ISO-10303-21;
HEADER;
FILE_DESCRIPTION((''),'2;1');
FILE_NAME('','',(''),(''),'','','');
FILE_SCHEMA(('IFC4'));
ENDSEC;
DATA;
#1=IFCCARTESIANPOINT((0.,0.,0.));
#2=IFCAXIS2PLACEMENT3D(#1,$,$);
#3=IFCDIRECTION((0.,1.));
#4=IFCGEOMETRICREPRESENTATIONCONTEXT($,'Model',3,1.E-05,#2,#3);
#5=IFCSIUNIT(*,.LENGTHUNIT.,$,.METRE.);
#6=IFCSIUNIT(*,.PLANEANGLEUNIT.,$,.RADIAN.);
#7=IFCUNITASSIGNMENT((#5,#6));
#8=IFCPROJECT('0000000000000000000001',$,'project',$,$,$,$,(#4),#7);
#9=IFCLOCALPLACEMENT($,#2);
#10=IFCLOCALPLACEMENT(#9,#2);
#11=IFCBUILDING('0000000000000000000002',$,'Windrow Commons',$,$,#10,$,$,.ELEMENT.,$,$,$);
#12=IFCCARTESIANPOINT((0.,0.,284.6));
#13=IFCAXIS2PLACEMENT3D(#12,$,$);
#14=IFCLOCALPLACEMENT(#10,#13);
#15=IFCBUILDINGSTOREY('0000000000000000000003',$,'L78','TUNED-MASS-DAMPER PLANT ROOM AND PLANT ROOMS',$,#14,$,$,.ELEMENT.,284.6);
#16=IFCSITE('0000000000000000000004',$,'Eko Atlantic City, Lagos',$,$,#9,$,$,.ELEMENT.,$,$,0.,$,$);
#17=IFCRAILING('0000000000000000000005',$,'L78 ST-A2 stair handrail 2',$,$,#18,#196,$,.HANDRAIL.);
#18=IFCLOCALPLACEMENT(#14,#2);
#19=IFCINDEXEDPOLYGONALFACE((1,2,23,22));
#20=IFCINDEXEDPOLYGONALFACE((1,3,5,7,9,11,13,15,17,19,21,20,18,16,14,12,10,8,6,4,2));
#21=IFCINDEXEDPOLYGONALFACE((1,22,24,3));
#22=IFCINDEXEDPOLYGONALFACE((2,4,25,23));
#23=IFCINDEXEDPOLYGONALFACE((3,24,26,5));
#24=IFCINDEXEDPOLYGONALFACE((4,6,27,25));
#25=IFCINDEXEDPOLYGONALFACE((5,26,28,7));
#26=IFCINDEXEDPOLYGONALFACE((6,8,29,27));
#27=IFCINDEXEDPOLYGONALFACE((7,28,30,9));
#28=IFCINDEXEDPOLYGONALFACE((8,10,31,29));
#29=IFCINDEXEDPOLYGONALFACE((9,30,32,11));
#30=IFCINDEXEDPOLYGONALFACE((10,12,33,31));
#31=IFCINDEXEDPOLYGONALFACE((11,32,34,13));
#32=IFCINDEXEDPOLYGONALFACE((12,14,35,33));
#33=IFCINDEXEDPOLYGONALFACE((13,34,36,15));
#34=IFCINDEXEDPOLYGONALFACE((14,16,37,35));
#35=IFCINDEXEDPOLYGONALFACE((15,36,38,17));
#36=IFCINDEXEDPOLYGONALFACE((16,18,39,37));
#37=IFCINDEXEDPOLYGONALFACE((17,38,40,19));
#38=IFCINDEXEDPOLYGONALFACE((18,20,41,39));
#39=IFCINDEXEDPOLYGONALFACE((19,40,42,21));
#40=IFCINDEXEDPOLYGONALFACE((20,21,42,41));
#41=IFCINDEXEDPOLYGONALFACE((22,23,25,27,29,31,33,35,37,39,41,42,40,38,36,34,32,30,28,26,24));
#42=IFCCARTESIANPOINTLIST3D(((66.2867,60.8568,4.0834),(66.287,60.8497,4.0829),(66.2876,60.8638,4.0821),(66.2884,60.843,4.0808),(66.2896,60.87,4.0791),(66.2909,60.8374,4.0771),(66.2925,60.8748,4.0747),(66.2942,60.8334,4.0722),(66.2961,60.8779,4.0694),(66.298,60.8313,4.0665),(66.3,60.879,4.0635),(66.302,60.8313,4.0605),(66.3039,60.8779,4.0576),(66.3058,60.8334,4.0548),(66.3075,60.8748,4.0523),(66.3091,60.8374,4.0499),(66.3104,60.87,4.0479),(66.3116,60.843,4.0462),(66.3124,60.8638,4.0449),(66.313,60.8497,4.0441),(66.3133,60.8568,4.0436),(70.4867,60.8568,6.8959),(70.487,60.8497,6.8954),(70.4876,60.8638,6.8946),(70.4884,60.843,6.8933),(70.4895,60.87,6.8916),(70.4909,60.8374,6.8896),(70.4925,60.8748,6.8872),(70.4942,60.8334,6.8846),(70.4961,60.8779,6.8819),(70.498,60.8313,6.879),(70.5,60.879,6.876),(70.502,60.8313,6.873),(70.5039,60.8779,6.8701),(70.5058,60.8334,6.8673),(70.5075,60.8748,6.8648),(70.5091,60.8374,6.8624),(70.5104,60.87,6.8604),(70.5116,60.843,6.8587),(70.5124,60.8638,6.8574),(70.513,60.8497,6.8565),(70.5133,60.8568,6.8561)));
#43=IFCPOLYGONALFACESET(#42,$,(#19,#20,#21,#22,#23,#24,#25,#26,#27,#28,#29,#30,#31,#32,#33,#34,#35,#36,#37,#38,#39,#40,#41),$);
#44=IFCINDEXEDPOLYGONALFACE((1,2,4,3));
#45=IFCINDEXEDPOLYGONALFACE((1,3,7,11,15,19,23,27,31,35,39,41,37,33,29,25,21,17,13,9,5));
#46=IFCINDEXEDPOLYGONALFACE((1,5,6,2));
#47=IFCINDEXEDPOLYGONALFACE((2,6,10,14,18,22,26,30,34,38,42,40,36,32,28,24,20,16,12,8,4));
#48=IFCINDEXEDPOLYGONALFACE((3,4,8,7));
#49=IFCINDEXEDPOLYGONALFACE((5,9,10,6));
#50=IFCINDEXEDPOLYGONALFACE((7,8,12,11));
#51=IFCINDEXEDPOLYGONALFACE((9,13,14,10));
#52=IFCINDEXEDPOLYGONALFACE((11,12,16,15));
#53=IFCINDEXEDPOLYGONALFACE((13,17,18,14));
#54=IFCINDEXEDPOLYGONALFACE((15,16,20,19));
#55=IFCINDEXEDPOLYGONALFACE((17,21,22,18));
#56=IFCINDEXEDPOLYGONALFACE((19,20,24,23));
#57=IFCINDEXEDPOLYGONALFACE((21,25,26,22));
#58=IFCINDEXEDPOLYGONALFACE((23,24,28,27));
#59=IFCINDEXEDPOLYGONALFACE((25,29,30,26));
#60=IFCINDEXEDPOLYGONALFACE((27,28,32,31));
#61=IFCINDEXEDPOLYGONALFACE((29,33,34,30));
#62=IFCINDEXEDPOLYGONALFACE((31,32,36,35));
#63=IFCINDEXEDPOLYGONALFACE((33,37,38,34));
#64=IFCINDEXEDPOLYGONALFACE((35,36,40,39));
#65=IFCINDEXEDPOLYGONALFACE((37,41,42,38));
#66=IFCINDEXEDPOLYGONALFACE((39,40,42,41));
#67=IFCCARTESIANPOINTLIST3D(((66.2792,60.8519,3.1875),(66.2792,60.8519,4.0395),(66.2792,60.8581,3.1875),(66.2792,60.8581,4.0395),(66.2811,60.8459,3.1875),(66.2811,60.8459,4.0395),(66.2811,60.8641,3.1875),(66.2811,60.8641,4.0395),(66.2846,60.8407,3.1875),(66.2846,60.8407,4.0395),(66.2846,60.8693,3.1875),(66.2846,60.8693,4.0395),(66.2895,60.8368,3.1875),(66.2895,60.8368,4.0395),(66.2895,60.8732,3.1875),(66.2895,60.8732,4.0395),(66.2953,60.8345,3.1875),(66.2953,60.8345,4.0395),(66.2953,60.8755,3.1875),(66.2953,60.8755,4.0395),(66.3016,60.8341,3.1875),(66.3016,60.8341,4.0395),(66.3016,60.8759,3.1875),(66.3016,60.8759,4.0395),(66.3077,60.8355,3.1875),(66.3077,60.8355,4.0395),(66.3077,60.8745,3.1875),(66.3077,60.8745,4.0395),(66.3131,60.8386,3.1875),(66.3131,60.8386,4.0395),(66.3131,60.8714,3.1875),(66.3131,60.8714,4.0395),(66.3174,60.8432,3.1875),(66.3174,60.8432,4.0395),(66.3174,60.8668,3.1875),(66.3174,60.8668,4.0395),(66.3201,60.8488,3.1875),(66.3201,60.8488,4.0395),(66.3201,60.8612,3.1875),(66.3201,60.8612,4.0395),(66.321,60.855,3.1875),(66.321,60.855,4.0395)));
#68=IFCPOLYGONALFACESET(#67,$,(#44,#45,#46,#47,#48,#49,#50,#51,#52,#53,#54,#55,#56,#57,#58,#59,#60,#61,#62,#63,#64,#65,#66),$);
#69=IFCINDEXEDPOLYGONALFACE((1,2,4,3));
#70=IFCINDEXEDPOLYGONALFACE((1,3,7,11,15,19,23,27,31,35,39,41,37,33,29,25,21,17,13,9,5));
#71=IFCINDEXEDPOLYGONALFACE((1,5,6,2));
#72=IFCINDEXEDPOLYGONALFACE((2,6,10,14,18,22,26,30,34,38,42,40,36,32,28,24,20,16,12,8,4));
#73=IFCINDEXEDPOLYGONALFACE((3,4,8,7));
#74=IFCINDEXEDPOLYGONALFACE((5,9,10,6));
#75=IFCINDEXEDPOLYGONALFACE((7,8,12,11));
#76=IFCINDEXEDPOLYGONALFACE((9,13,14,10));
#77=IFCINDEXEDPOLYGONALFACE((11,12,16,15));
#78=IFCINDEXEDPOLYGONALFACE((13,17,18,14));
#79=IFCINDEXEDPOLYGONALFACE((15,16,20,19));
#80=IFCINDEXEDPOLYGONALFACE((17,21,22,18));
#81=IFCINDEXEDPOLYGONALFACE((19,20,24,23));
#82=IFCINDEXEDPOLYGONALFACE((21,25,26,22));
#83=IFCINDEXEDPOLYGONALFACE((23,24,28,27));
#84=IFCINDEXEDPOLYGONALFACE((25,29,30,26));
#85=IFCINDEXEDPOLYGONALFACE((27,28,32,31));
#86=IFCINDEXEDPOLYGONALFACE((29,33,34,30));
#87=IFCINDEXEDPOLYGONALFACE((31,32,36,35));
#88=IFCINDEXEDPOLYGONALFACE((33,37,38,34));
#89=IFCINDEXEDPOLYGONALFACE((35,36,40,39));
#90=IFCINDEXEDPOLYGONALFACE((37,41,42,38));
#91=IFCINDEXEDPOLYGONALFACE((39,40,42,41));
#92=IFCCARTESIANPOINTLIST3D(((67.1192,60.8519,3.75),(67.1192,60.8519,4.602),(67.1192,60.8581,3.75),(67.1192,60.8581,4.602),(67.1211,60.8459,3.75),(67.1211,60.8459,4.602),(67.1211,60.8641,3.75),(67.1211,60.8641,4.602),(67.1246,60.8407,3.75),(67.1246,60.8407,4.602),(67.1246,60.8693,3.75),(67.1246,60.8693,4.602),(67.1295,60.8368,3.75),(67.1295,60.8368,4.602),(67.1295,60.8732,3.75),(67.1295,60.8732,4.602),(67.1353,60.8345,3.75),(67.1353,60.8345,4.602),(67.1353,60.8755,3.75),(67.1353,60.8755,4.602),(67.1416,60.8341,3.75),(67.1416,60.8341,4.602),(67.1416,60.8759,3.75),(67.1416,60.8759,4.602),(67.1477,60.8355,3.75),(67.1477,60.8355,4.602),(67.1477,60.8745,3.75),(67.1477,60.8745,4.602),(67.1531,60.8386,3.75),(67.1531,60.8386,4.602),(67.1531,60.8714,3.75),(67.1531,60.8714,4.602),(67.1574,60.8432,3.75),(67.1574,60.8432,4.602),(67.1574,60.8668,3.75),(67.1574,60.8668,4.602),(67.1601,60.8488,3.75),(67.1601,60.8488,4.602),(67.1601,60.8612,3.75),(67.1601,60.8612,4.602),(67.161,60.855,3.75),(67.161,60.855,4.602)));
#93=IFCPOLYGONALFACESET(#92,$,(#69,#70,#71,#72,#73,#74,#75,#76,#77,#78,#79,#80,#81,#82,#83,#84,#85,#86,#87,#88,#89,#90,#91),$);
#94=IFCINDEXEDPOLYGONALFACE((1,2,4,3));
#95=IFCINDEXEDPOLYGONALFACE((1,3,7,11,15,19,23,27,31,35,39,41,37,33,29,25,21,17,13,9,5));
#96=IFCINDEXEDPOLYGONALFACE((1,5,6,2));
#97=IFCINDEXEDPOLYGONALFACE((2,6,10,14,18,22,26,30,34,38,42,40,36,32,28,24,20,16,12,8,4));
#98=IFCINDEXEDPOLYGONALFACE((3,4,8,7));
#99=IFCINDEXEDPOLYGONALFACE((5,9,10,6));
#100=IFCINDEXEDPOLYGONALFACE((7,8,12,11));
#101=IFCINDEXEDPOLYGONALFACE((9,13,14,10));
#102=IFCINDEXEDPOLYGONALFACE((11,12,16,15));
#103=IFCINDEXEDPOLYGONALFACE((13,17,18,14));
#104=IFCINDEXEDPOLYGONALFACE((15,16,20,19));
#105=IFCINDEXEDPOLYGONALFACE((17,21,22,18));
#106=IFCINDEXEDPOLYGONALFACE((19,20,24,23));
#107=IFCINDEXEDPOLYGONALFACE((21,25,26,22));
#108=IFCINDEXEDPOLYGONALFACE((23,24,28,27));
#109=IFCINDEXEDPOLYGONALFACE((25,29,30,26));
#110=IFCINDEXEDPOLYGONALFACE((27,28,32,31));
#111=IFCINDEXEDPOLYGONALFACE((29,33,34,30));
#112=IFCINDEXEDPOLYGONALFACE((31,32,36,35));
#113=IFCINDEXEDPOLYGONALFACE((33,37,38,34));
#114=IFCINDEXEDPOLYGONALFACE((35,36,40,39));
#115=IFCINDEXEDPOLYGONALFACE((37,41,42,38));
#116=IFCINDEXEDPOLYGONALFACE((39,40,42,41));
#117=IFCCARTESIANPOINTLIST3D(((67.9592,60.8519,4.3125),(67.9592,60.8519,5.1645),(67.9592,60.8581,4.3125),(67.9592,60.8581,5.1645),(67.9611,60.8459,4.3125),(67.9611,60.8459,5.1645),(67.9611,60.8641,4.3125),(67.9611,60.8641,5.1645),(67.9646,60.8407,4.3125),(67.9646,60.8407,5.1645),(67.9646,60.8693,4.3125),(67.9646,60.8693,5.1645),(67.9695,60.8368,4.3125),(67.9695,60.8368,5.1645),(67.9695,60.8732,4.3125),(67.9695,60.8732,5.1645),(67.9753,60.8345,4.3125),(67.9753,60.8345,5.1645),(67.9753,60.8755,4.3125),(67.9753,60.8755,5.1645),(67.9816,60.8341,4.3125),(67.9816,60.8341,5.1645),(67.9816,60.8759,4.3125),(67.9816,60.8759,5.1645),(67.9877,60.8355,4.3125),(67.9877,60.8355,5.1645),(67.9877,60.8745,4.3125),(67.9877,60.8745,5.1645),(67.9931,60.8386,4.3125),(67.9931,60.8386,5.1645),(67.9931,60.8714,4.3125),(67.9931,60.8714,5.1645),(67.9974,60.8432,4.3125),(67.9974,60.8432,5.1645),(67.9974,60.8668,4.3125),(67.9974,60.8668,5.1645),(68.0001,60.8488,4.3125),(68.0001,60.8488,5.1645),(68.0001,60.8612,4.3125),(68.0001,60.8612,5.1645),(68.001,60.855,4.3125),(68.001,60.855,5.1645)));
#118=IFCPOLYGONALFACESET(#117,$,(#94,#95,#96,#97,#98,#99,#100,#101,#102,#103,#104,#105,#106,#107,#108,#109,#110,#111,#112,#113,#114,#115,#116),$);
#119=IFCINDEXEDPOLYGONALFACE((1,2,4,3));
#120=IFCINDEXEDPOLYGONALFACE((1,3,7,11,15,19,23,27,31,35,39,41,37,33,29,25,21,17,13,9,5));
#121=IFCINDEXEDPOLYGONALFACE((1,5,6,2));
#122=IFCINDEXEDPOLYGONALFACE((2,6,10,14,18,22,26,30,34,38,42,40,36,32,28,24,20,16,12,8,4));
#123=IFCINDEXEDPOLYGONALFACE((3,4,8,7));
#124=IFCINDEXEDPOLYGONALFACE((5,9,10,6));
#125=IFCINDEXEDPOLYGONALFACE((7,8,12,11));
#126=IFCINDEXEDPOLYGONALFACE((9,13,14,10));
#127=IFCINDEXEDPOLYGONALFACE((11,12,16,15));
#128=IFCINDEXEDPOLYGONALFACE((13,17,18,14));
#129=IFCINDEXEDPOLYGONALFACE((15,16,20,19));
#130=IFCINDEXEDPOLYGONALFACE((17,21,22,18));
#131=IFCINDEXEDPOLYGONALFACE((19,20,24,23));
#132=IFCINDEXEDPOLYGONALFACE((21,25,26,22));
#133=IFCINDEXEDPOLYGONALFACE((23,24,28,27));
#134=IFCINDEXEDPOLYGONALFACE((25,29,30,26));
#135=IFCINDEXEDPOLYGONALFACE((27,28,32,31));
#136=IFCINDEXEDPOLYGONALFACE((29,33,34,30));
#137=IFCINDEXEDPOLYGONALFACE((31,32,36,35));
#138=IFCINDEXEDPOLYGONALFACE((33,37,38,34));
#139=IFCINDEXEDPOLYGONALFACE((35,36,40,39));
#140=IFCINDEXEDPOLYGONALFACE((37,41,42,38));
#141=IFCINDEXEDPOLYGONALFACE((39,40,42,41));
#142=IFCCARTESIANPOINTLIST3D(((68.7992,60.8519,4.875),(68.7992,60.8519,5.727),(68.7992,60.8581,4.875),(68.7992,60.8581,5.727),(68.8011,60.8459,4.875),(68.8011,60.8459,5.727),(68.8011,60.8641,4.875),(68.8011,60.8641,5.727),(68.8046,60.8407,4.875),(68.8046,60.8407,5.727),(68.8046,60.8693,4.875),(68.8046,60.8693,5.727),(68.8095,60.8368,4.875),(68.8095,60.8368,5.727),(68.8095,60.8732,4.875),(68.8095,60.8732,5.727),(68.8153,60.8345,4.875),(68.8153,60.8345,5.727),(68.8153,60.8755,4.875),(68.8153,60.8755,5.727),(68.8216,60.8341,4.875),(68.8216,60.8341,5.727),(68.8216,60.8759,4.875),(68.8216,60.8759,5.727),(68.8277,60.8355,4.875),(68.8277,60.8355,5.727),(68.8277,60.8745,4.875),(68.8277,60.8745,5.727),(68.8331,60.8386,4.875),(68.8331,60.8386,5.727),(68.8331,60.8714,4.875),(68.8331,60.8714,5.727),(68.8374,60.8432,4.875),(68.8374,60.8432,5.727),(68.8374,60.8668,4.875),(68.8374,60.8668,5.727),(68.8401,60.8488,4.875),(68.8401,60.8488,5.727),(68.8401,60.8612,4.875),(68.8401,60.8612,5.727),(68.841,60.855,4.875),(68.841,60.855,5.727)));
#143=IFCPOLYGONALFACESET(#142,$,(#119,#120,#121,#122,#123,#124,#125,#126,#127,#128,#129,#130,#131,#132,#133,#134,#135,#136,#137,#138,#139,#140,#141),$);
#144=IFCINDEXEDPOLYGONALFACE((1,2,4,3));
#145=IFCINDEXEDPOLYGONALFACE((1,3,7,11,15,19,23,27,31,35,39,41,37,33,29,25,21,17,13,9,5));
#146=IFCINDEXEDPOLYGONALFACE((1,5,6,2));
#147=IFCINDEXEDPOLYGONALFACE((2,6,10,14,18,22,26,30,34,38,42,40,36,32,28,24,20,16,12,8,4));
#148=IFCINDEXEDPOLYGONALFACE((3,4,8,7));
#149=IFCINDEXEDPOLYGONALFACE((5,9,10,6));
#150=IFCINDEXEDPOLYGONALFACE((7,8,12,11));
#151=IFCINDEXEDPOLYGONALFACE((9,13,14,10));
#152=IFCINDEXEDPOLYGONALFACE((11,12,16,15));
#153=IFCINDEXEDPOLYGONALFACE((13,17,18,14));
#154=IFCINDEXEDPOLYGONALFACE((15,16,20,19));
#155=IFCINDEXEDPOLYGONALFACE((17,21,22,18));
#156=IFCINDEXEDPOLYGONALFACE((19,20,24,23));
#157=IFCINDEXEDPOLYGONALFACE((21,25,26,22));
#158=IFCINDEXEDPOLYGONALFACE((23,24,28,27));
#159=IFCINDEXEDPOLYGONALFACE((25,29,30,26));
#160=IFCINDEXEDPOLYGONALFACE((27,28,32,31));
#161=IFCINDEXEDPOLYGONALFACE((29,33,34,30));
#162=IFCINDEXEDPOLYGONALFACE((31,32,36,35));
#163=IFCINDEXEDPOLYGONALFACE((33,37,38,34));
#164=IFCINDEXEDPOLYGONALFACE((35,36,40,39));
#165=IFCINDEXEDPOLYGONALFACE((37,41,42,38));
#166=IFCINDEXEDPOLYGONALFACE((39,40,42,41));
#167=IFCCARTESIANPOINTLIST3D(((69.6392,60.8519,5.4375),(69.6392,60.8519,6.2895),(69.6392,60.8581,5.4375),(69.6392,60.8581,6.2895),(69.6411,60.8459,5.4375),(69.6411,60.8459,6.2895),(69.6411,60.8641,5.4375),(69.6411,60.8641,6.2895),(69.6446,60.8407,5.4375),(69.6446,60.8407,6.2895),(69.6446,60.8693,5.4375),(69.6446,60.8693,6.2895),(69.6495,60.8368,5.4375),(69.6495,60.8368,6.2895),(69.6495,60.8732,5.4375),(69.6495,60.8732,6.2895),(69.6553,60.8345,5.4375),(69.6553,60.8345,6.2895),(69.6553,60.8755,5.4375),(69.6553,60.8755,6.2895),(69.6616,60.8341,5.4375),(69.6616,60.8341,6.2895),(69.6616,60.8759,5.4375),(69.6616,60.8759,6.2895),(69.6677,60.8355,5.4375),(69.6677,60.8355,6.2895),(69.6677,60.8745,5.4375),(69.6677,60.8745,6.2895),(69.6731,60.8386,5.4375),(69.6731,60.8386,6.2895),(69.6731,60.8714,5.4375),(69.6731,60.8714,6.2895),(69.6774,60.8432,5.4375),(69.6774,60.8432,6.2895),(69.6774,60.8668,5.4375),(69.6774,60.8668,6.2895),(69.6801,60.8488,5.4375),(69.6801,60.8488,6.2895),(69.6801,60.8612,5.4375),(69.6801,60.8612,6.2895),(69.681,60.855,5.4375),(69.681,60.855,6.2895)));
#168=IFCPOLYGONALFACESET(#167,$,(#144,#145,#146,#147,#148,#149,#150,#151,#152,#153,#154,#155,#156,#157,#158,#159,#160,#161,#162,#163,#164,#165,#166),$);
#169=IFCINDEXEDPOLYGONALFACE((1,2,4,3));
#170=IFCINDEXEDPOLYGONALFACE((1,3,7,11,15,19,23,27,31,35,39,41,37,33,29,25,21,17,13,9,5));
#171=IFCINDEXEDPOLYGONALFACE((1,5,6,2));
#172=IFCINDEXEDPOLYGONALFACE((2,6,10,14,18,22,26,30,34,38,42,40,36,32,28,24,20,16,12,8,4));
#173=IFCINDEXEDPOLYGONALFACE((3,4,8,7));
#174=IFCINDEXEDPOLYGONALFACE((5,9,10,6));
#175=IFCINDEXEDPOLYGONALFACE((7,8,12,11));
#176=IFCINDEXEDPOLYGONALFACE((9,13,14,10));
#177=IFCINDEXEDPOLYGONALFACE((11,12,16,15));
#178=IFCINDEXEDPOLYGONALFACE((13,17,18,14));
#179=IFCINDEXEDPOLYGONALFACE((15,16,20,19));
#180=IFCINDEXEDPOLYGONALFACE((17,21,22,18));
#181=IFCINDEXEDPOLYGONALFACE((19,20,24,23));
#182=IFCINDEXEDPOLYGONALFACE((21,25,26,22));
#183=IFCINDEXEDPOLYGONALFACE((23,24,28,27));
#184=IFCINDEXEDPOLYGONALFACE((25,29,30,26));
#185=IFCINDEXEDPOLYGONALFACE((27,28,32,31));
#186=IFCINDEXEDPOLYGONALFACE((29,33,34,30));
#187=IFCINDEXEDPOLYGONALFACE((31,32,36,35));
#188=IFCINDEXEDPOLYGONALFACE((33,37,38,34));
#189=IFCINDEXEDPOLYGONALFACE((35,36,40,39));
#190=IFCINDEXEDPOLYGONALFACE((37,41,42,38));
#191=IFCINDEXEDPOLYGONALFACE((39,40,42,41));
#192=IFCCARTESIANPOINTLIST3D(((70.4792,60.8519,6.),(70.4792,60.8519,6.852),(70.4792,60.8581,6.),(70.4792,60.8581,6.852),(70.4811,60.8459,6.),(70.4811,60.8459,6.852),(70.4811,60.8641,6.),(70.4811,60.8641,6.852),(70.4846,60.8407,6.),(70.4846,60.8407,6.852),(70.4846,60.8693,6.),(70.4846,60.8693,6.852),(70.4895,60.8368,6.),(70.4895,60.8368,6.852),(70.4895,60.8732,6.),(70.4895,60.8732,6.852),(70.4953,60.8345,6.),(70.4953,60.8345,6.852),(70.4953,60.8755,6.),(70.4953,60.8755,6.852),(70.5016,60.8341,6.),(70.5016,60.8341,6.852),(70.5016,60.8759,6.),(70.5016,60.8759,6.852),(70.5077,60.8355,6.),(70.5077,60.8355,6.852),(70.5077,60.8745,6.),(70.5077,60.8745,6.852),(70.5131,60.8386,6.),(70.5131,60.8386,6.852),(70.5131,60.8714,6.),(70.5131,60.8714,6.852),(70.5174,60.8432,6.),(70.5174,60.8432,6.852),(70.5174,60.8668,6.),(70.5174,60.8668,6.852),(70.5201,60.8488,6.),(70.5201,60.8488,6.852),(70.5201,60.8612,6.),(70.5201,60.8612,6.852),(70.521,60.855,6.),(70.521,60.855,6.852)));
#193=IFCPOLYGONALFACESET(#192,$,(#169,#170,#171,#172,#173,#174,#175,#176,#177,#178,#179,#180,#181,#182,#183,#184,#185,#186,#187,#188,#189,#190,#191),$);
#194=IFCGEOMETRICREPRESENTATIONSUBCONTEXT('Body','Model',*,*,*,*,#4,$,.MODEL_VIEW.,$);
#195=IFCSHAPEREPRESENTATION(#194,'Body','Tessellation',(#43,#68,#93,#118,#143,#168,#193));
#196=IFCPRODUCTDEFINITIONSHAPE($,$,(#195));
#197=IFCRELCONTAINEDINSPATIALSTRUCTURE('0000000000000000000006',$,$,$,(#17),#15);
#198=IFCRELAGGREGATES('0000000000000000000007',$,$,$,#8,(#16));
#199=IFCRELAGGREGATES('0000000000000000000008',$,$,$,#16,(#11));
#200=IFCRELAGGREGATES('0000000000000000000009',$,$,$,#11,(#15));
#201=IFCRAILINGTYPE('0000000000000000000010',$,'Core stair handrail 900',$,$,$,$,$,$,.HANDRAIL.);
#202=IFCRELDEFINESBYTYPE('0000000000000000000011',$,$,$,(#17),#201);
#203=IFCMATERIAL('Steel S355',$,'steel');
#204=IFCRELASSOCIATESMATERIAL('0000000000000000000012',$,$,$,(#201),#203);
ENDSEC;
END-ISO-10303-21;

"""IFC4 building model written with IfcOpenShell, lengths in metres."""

from ifc_helpers import new_model, si_unit, direction, frame, origin, origin_2d, place, context, subcontext, project, spatial, circle, extrude, material, type_object, element, save


model = new_model("IFC4")

# Units and contexts
model_context = context("Model", 3, precision=1e-05, world=origin(), true_north=direction((0.0, 1.0)))
body_context = subcontext(model_context, "Body", "Model", "MODEL_VIEW")
ifc_project = project(units=[si_unit("LENGTHUNIT", "METRE"), si_unit("PLANEANGLEUNIT", "RADIAN")], contexts=[model_context])

# Site, building, storey
site_placement = place(None, origin())
site = spatial("IfcSite", under=ifc_project, at=site_placement, Name="Eko Atlantic City, Lagos", CompositionType="ELEMENT", RefElevation=0.0)
building_placement = place(site_placement, origin())
building = spatial("IfcBuilding", under=site, at=building_placement, Name="Windrow Commons", CompositionType="ELEMENT")
storey_placement = place(building_placement, frame((0.0, 0.0, 284.6)))
storey = spatial("IfcBuildingStorey", under=building, at=storey_placement, Name="L78", Description="TUNED-MASS-DAMPER PLANT ROOM AND PLANT ROOMS", CompositionType="ELEMENT", Elevation=284.6)

# Railing
ifc_material_1 = material(Name="Steel S355", Category="steel")
railing_type_1 = type_object("IfcRailingType", Name="Core stair handrail 900", PredefinedType="HANDRAIL", material=ifc_material_1)
railing_1_placement = place(storey_placement, frame((66.3, 60.855, 3.1875)))
element("IfcRailing", 1, at=railing_1_placement, inside=storey, type_object=railing_type_1, Name="L78 ST-A2 stair handrail 2", PredefinedType="HANDRAIL", context=body_context, shape_type="SweptSolid", body=[
    extrude(circle(Radius=0.024, at=origin_2d()), frame((0.0, 0.0, 0.876), z_axis=(0.830907, 0.0, 0.556411), x_axis=(0.0, 1.0, 0.0)), (0.0, 0.0, 1.0), 5.0547),
    extrude(circle(Radius=0.021, at=origin_2d()), origin(), (0.0, 0.0, 1.0), 0.852),
    extrude(circle(Radius=0.021, at=origin_2d()), frame((0.84, 0.0, 0.5625)), (0.0, 0.0, 1.0), 0.852),
    extrude(circle(Radius=0.021, at=origin_2d()), frame((1.68, 0.0, 1.125)), (0.0, 0.0, 1.0), 0.852),
    extrude(circle(Radius=0.021, at=origin_2d()), frame((2.52, 0.0, 1.6875)), (0.0, 0.0, 1.0), 0.852),
    extrude(circle(Radius=0.021, at=origin_2d()), frame((3.36, 0.0, 2.25)), (0.0, 0.0, 1.0), 0.852),
    extrude(circle(Radius=0.021, at=origin_2d()), frame((4.2, 0.0, 2.8125)), (0.0, 0.0, 1.0), 0.852),
])

save(model, "model.ifc")
